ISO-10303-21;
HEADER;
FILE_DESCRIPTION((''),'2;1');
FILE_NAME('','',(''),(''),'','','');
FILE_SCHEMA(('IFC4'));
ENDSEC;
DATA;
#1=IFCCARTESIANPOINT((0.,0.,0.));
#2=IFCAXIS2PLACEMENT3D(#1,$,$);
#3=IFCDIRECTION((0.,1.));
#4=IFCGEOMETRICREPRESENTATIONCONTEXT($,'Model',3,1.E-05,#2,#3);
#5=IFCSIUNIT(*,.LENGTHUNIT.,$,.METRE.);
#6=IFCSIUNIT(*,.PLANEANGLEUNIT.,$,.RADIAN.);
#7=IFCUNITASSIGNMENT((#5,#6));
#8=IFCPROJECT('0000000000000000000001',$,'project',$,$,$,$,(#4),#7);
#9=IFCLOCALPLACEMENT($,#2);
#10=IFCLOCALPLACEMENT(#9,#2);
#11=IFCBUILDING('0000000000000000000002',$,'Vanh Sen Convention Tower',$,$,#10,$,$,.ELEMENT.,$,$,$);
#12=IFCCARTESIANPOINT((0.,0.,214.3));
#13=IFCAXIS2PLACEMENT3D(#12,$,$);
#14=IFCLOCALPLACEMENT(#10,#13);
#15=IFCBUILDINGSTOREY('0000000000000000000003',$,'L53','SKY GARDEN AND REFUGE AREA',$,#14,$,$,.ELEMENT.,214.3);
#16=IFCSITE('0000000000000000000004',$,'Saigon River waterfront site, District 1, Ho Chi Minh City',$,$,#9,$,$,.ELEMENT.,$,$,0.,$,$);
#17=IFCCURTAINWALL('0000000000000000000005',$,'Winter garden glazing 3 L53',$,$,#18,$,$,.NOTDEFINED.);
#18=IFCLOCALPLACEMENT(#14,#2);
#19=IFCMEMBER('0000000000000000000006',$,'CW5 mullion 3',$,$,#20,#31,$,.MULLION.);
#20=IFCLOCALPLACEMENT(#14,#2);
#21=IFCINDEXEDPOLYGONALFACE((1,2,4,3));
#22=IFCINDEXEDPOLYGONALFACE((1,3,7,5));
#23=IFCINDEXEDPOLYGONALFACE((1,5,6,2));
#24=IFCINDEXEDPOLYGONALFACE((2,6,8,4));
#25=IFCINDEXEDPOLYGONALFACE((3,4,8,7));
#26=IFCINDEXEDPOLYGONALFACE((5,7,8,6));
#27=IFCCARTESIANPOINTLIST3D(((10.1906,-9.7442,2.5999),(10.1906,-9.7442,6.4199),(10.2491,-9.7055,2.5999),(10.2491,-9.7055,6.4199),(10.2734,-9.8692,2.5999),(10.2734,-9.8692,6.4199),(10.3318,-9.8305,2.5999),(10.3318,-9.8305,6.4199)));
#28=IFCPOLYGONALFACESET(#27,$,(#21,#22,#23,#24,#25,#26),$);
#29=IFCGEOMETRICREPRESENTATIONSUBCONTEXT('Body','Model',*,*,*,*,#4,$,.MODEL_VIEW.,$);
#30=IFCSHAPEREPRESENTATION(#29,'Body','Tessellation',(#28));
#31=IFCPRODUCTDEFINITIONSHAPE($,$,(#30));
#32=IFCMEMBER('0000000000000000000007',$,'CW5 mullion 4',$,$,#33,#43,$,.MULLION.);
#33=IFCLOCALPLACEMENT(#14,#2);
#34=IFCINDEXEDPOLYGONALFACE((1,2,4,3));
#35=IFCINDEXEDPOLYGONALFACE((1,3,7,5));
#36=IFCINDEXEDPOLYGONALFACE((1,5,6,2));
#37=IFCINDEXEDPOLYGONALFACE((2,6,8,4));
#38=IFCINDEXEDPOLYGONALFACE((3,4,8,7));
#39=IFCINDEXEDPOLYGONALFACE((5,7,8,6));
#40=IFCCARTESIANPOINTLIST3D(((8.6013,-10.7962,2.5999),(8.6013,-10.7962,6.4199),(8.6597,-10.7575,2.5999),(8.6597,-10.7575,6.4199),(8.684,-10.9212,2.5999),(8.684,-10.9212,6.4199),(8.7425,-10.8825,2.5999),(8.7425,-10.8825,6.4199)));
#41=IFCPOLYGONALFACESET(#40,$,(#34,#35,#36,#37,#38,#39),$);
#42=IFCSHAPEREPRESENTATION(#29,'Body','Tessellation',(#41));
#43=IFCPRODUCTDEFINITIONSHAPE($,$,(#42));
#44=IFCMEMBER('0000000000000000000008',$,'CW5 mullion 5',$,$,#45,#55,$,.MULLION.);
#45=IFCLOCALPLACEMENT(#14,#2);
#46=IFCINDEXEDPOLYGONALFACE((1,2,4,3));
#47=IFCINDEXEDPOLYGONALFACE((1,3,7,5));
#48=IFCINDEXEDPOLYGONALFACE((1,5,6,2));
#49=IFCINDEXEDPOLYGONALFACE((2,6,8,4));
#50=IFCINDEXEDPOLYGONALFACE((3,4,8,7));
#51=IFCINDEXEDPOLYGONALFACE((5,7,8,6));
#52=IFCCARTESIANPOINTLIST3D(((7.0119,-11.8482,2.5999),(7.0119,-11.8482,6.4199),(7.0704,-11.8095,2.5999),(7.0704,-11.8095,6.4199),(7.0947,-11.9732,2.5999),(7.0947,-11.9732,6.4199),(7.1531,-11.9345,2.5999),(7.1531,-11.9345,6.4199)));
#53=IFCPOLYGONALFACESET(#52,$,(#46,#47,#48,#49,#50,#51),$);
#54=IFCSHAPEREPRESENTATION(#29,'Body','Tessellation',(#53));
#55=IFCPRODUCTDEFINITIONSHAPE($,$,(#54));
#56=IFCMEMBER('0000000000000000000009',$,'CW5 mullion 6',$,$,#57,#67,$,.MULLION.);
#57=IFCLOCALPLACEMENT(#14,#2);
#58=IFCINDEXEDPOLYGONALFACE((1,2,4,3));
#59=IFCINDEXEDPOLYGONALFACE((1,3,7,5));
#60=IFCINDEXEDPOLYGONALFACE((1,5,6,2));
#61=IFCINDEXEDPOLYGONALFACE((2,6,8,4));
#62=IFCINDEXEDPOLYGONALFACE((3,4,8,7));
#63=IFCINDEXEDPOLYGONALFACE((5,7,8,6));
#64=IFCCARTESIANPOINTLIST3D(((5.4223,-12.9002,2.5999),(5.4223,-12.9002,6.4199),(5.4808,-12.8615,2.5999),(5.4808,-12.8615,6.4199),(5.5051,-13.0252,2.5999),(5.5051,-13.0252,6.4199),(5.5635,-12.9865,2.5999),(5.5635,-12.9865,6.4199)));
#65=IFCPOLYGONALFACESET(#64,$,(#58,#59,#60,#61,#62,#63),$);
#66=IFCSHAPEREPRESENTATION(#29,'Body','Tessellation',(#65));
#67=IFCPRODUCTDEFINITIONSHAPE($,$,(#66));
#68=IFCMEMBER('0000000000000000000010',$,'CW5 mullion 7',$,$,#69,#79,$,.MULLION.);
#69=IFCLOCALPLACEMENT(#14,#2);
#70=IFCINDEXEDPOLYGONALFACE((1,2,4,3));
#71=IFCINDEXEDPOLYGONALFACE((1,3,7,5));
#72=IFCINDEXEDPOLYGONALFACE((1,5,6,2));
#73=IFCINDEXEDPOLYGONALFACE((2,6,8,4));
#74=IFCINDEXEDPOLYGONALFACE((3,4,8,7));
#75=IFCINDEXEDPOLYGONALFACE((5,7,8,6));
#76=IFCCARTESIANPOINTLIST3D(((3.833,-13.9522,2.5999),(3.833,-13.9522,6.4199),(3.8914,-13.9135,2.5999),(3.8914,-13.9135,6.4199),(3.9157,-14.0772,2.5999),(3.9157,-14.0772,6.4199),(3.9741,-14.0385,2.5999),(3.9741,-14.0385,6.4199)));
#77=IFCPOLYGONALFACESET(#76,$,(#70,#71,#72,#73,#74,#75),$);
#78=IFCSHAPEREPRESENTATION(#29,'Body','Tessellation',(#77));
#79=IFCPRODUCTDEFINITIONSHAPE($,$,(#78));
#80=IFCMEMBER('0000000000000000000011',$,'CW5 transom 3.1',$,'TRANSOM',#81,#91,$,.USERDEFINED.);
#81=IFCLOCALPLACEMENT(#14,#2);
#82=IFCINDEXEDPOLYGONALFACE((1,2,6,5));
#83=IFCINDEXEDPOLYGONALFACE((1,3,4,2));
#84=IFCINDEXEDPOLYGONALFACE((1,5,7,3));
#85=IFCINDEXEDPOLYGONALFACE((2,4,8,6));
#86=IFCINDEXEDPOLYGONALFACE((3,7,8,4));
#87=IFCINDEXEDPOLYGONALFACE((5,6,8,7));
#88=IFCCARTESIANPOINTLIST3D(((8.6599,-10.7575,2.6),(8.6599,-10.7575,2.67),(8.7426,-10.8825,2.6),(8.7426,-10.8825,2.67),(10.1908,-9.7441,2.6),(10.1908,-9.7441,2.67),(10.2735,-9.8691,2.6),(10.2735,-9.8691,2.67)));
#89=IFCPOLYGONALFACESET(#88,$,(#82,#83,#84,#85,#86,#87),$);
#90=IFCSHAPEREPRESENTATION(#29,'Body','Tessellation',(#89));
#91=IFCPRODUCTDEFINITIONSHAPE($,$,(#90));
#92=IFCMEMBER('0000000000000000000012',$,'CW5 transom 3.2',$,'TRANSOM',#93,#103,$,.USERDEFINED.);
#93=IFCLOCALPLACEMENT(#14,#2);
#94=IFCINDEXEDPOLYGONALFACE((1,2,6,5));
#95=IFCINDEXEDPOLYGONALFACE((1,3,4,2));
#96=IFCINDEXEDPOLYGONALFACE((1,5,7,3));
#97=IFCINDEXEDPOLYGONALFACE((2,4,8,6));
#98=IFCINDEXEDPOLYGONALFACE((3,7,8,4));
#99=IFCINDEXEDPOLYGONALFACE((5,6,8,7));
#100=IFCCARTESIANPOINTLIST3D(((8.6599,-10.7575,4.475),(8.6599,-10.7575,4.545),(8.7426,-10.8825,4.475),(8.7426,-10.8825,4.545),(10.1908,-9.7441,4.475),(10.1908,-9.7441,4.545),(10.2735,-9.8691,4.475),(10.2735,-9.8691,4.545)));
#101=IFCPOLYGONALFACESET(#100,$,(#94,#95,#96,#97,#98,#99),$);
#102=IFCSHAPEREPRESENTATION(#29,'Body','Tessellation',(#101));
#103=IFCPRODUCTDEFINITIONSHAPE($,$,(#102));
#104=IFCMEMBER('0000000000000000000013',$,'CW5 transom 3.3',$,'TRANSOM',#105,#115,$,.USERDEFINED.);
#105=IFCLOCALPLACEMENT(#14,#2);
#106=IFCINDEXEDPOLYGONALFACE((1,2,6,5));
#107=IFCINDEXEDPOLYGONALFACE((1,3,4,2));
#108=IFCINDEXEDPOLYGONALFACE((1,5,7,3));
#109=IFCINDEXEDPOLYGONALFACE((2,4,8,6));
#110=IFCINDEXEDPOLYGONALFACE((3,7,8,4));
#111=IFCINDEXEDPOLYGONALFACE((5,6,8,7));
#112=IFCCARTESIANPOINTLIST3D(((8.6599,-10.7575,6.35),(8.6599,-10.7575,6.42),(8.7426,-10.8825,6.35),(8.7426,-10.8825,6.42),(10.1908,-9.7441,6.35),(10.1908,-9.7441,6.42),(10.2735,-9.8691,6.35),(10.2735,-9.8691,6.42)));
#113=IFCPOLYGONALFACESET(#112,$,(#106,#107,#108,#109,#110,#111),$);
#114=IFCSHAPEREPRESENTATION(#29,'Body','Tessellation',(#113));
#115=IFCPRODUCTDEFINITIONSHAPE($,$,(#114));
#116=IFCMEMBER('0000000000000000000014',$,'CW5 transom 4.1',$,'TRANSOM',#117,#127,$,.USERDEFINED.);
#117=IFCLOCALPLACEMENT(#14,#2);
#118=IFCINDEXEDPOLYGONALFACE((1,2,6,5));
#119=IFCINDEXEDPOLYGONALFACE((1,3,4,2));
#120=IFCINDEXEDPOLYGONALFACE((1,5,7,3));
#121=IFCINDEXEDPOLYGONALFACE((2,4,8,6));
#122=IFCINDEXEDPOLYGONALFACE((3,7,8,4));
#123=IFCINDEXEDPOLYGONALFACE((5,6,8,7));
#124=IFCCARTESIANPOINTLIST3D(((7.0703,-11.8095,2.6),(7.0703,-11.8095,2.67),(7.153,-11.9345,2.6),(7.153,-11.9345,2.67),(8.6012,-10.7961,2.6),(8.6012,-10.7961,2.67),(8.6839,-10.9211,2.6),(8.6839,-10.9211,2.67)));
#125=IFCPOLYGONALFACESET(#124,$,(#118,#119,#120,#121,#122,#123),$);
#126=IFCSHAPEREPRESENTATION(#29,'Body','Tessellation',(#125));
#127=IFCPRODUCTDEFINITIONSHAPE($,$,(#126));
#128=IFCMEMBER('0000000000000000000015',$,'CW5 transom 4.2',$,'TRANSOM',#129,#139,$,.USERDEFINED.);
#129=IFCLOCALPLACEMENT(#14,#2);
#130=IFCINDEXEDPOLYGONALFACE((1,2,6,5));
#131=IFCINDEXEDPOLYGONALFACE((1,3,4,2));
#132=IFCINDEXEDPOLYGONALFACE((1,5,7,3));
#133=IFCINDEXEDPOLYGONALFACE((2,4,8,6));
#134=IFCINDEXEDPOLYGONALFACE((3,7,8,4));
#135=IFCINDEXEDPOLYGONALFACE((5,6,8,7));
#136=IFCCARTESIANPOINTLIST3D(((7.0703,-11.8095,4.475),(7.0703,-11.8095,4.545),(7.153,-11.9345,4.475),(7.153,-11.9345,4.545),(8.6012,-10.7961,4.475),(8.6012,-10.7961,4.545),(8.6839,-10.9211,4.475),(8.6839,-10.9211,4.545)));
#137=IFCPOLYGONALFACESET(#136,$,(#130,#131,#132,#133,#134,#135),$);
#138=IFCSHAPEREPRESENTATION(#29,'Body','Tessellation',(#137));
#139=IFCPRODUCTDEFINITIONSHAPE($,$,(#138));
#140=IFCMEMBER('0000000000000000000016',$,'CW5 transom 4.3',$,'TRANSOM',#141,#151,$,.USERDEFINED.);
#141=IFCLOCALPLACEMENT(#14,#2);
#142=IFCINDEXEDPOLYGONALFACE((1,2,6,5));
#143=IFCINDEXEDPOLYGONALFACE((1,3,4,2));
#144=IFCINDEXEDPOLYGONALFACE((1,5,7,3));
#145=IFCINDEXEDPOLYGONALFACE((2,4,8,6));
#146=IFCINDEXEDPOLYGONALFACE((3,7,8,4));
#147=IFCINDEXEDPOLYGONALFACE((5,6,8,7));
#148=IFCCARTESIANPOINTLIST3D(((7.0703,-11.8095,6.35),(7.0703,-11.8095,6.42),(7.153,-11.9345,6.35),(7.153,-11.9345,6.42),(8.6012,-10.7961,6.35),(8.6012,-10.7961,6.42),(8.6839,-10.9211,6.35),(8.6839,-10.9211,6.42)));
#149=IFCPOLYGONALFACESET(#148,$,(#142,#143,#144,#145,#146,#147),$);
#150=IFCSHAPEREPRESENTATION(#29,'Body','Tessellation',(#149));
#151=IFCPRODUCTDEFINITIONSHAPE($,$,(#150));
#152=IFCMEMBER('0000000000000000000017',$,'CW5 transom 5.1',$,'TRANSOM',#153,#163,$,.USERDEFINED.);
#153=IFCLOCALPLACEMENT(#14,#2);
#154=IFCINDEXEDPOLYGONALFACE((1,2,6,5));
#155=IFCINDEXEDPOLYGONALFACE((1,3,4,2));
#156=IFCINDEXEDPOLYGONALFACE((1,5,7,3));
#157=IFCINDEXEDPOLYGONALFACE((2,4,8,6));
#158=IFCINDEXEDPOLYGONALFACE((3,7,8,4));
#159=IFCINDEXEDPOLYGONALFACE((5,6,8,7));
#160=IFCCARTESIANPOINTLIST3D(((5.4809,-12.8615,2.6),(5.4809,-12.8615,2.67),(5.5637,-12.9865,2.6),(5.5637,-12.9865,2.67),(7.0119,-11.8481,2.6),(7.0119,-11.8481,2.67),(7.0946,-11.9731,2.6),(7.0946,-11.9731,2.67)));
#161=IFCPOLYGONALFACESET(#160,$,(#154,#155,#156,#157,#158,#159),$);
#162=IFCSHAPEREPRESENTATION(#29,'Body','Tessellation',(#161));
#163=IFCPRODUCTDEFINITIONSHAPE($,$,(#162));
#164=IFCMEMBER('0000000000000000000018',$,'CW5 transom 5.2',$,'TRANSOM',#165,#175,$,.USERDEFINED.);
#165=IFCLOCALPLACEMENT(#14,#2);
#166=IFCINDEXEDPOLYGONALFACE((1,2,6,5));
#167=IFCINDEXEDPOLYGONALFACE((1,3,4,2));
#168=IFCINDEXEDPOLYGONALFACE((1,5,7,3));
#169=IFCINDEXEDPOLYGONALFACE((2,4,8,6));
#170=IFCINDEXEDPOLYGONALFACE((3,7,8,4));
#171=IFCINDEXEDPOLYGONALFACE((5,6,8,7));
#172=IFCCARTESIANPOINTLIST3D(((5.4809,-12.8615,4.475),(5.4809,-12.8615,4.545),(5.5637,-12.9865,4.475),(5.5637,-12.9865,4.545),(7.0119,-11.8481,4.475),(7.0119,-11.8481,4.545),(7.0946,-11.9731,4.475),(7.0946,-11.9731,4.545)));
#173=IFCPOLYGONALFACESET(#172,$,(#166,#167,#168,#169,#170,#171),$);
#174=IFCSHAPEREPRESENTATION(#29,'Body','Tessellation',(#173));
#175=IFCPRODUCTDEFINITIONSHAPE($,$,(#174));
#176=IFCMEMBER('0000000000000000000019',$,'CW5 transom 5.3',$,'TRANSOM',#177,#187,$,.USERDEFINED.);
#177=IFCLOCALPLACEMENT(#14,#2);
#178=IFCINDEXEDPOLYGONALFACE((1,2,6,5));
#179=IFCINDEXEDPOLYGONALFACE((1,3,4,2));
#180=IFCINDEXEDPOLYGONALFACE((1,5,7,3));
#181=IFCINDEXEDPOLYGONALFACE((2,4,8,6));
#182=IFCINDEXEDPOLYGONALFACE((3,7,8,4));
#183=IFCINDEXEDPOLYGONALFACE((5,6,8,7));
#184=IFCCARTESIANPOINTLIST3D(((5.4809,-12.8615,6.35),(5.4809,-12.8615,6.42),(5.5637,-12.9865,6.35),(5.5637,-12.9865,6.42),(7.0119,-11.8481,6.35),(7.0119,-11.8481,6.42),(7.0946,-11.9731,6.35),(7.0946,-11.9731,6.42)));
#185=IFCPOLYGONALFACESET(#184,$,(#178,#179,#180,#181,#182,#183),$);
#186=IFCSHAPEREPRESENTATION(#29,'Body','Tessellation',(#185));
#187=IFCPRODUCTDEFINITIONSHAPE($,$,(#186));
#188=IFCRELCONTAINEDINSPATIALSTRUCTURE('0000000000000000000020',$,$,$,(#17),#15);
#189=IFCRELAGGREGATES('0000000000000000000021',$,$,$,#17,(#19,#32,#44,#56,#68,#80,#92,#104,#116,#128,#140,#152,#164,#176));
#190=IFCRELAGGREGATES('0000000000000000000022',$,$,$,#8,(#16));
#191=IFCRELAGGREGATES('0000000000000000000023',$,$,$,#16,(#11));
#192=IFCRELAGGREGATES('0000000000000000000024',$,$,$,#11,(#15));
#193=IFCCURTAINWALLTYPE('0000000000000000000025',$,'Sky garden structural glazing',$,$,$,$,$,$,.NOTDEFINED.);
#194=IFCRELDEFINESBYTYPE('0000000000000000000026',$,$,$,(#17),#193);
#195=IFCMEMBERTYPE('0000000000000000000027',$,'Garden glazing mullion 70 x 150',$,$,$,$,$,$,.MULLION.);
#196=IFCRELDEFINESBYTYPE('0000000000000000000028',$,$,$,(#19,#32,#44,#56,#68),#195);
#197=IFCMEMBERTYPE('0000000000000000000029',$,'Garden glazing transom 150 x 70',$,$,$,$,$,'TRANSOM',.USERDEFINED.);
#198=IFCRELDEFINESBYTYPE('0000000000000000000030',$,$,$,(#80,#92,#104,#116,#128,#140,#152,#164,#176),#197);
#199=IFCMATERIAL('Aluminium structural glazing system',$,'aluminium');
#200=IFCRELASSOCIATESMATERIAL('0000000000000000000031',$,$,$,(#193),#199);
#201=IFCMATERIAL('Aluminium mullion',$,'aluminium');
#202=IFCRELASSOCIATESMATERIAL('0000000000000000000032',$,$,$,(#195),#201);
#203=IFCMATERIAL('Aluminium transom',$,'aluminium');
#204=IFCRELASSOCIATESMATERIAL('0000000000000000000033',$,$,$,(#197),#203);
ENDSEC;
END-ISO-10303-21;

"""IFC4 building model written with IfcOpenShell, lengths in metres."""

from ifc_helpers import new_model, si_unit, direction, frame, origin, origin_2d, place, context, subcontext, project, spatial, rectangle, extrude, material, material_profile, profile_set, type_object, element, aggregate, save


model = new_model("IFC4")

# Units and contexts
model_context = context("Model", 3, precision=1e-05, world=origin(), true_north=direction((0.0, 1.0)))
body_context = subcontext(model_context, "Body", "Model", "MODEL_VIEW")
ifc_project = project(units=[si_unit("LENGTHUNIT", "METRE"), si_unit("PLANEANGLEUNIT", "RADIAN")], contexts=[model_context])

# Site, building, storey
site_placement = place(None, origin())
site = spatial("IfcSite", under=ifc_project, at=site_placement, Name="Saigon River waterfront site, District 1, Ho Chi Minh City", CompositionType="ELEMENT", RefElevation=0.0)
building_placement = place(site_placement, origin())
building = spatial("IfcBuilding", under=site, at=building_placement, Name="Vanh Sen Convention Tower", CompositionType="ELEMENT")
storey_placement = place(building_placement, frame((0.0, 0.0, 214.3)))
storey = spatial("IfcBuildingStorey", under=building, at=storey_placement, Name="L53", Description="SKY GARDEN AND REFUGE AREA", CompositionType="ELEMENT", Elevation=214.3)

# Curtain wall, members
ifc_material_1 = material(Name="Aluminium structural glazing system", Category="aluminium")
curtain_wall_type = type_object("IfcCurtainWallType", Name="Sky garden structural glazing", PredefinedType="NOTDEFINED", material=ifc_material_1)
curtain_wall_placement = place(storey_placement, origin())
curtain_wall = element("IfcCurtainWall", 1, at=curtain_wall_placement, inside=storey, type_object=curtain_wall_type, Name="Winter garden glazing 3 L53", PredefinedType="NOTDEFINED")
ifc_material_2 = material(Name="Aluminium mullion", Category="aluminium")
ifc_material_profile_1 = material_profile(ifc_material_2, rectangle(XDim=0.1499, YDim=0.0701, at=origin_2d()), Name="Garden glazing mullion 70 x 150")
ifc_profile_set_1 = profile_set([ifc_material_profile_1], Name="Aluminium mullion")
member_type_1 = type_object("IfcMemberType", Name="Garden glazing mullion 70 x 150", PredefinedType="MULLION", material=ifc_profile_set_1)
member_1_placement = place(storey_placement, frame((10.2612, -9.7874, 2.5999), z_axis=(0.0, 0.0, 1.0), x_axis=(0.551932, -0.833889, 0.0)))
member_1 = element("IfcMember", 2, at=member_1_placement, type_object=member_type_1, Name="CW5 mullion 3", PredefinedType="MULLION", context=body_context, shape_type="SweptSolid", body=[
    extrude(rectangle(XDim=0.1499, YDim=0.0701, at=origin_2d()), origin(), (0.0, 0.0, 1.0), 3.8201),
])
member_2_placement = place(storey_placement, frame((8.6719, -10.8394, 2.5999), z_axis=(0.0, 0.0, 1.0), x_axis=(0.551932, -0.833889, 0.0)))
member_2 = element("IfcMember", 3, at=member_2_placement, type_object=member_type_1, Name="CW5 mullion 4", PredefinedType="MULLION", context=body_context, shape_type="SweptSolid", body=[
    extrude(rectangle(XDim=0.1499, YDim=0.0701, at=origin_2d()), origin(), (0.0, 0.0, 1.0), 3.8201),
])
member_3_placement = place(storey_placement, frame((7.0825, -11.8914, 2.5999), z_axis=(0.0, 0.0, 1.0), x_axis=(0.551932, -0.833889, 0.0)))
member_3 = element("IfcMember", 4, at=member_3_placement, type_object=member_type_1, Name="CW5 mullion 5", PredefinedType="MULLION", context=body_context, shape_type="SweptSolid", body=[
    extrude(rectangle(XDim=0.1499, YDim=0.0701, at=origin_2d()), origin(), (0.0, 0.0, 1.0), 3.8201),
])
member_4_placement = place(storey_placement, frame((5.4929, -12.9434, 2.5999), z_axis=(0.0, 0.0, 1.0), x_axis=(0.551932, -0.833889, 0.0)))
member_4 = element("IfcMember", 5, at=member_4_placement, type_object=member_type_1, Name="CW5 mullion 6", PredefinedType="MULLION", context=body_context, shape_type="SweptSolid", body=[
    extrude(rectangle(XDim=0.1499, YDim=0.0701, at=origin_2d()), origin(), (0.0, 0.0, 1.0), 3.8201),
])
member_5_placement = place(storey_placement, frame((3.9036, -13.9954, 2.5999), z_axis=(0.0, 0.0, 1.0), x_axis=(0.551932, -0.833889, 0.0)))
member_5 = element("IfcMember", 6, at=member_5_placement, type_object=member_type_1, Name="CW5 mullion 7", PredefinedType="MULLION", context=body_context, shape_type="SweptSolid", body=[
    extrude(rectangle(XDim=0.1499, YDim=0.0701, at=origin_2d()), origin(), (0.0, 0.0, 1.0), 3.8201),
])
ifc_material_3 = material(Name="Aluminium transom", Category="aluminium")
ifc_material_profile_2 = material_profile(ifc_material_3, rectangle(XDim=0.1499, YDim=0.0701, at=origin_2d()), Name="Garden glazing transom 150 x 70")
ifc_profile_set_2 = profile_set([ifc_material_profile_2], Name="Aluminium transom")
member_type_2 = type_object("IfcMemberType", Name="Garden glazing transom 150 x 70", ElementType="TRANSOM", PredefinedType="USERDEFINED", material=ifc_profile_set_2)
member_6_placement = place(storey_placement, frame((10.2322, -9.8066, 2.635), z_axis=(-0.833867, -0.551966, 0.0), x_axis=(0.551966, -0.833867, 0.0)))
member_6 = element("IfcMember", 7, at=member_6_placement, type_object=member_type_2, Name="CW5 transom 3.1", ObjectType="TRANSOM", PredefinedType="USERDEFINED", context=body_context, shape_type="SweptSolid", body=[
    extrude(rectangle(XDim=0.1499, YDim=0.0701, at=origin_2d()), origin(), (0.0, 0.0, 1.0), 1.8359),
])
member_7_placement = place(storey_placement, frame((10.2322, -9.8066, 4.51), z_axis=(-0.833867, -0.551966, 0.0), x_axis=(0.551966, -0.833867, 0.0)))
member_7 = element("IfcMember", 8, at=member_7_placement, type_object=member_type_2, Name="CW5 transom 3.2", ObjectType="TRANSOM", PredefinedType="USERDEFINED", context=body_context, shape_type="SweptSolid", body=[
    extrude(rectangle(XDim=0.1499, YDim=0.0701, at=origin_2d()), origin(), (0.0, 0.0, 1.0), 1.8359),
])
member_8_placement = place(storey_placement, frame((10.2322, -9.8066, 6.385), z_axis=(-0.833867, -0.551966, 0.0), x_axis=(0.551966, -0.833867, 0.0)))
member_8 = element("IfcMember", 9, at=member_8_placement, type_object=member_type_2, Name="CW5 transom 3.3", ObjectType="TRANSOM", PredefinedType="USERDEFINED", context=body_context, shape_type="SweptSolid", body=[
    extrude(rectangle(XDim=0.1499, YDim=0.0701, at=origin_2d()), origin(), (0.0, 0.0, 1.0), 1.8359),
])
member_9_placement = place(storey_placement, frame((8.6426, -10.8586, 2.635), z_axis=(-0.833867, -0.551966, 0.0), x_axis=(0.551966, -0.833867, 0.0)))
member_9 = element("IfcMember", 10, at=member_9_placement, type_object=member_type_2, Name="CW5 transom 4.1", ObjectType="TRANSOM", PredefinedType="USERDEFINED", context=body_context, shape_type="SweptSolid", body=[
    extrude(rectangle(XDim=0.1499, YDim=0.0701, at=origin_2d()), origin(), (0.0, 0.0, 1.0), 1.8359),
])
member_10_placement = place(storey_placement, frame((8.6426, -10.8586, 4.51), z_axis=(-0.833867, -0.551966, 0.0), x_axis=(0.551966, -0.833867, 0.0)))
member_10 = element("IfcMember", 11, at=member_10_placement, type_object=member_type_2, Name="CW5 transom 4.2", ObjectType="TRANSOM", PredefinedType="USERDEFINED", context=body_context, shape_type="SweptSolid", body=[
    extrude(rectangle(XDim=0.1499, YDim=0.0701, at=origin_2d()), origin(), (0.0, 0.0, 1.0), 1.8359),
])
member_11_placement = place(storey_placement, frame((8.6426, -10.8586, 6.385), z_axis=(-0.833867, -0.551966, 0.0), x_axis=(0.551966, -0.833867, 0.0)))
member_11 = element("IfcMember", 12, at=member_11_placement, type_object=member_type_2, Name="CW5 transom 4.3", ObjectType="TRANSOM", PredefinedType="USERDEFINED", context=body_context, shape_type="SweptSolid", body=[
    extrude(rectangle(XDim=0.1499, YDim=0.0701, at=origin_2d()), origin(), (0.0, 0.0, 1.0), 1.8359),
])
member_12_placement = place(storey_placement, frame((7.0532, -11.9106, 2.635), z_axis=(-0.833867, -0.551966, 0.0), x_axis=(0.551966, -0.833867, 0.0)))
member_12 = element("IfcMember", 13, at=member_12_placement, type_object=member_type_2, Name="CW5 transom 5.1", ObjectType="TRANSOM", PredefinedType="USERDEFINED", context=body_context, shape_type="SweptSolid", body=[
    extrude(rectangle(XDim=0.1499, YDim=0.0701, at=origin_2d()), origin(), (0.0, 0.0, 1.0), 1.8359),
])
member_13_placement = place(storey_placement, frame((7.0532, -11.9106, 4.51), z_axis=(-0.833867, -0.551966, 0.0), x_axis=(0.551966, -0.833867, 0.0)))
member_13 = element("IfcMember", 14, at=member_13_placement, type_object=member_type_2, Name="CW5 transom 5.2", ObjectType="TRANSOM", PredefinedType="USERDEFINED", context=body_context, shape_type="SweptSolid", body=[
    extrude(rectangle(XDim=0.1499, YDim=0.0701, at=origin_2d()), origin(), (0.0, 0.0, 1.0), 1.8359),
])
member_14_placement = place(storey_placement, frame((7.0532, -11.9106, 6.385), z_axis=(-0.833867, -0.551966, 0.0), x_axis=(0.551966, -0.833867, 0.0)))
member_14 = element("IfcMember", 15, at=member_14_placement, type_object=member_type_2, Name="CW5 transom 5.3", ObjectType="TRANSOM", PredefinedType="USERDEFINED", context=body_context, shape_type="SweptSolid", body=[
    extrude(rectangle(XDim=0.1499, YDim=0.0701, at=origin_2d()), origin(), (0.0, 0.0, 1.0), 1.8359),
])
aggregate(curtain_wall, [member_1, member_2, member_3, member_4, member_5, member_6, member_7, member_8, member_9, member_10, member_11, member_12, member_13, member_14])

save(model, "model.ifc")
